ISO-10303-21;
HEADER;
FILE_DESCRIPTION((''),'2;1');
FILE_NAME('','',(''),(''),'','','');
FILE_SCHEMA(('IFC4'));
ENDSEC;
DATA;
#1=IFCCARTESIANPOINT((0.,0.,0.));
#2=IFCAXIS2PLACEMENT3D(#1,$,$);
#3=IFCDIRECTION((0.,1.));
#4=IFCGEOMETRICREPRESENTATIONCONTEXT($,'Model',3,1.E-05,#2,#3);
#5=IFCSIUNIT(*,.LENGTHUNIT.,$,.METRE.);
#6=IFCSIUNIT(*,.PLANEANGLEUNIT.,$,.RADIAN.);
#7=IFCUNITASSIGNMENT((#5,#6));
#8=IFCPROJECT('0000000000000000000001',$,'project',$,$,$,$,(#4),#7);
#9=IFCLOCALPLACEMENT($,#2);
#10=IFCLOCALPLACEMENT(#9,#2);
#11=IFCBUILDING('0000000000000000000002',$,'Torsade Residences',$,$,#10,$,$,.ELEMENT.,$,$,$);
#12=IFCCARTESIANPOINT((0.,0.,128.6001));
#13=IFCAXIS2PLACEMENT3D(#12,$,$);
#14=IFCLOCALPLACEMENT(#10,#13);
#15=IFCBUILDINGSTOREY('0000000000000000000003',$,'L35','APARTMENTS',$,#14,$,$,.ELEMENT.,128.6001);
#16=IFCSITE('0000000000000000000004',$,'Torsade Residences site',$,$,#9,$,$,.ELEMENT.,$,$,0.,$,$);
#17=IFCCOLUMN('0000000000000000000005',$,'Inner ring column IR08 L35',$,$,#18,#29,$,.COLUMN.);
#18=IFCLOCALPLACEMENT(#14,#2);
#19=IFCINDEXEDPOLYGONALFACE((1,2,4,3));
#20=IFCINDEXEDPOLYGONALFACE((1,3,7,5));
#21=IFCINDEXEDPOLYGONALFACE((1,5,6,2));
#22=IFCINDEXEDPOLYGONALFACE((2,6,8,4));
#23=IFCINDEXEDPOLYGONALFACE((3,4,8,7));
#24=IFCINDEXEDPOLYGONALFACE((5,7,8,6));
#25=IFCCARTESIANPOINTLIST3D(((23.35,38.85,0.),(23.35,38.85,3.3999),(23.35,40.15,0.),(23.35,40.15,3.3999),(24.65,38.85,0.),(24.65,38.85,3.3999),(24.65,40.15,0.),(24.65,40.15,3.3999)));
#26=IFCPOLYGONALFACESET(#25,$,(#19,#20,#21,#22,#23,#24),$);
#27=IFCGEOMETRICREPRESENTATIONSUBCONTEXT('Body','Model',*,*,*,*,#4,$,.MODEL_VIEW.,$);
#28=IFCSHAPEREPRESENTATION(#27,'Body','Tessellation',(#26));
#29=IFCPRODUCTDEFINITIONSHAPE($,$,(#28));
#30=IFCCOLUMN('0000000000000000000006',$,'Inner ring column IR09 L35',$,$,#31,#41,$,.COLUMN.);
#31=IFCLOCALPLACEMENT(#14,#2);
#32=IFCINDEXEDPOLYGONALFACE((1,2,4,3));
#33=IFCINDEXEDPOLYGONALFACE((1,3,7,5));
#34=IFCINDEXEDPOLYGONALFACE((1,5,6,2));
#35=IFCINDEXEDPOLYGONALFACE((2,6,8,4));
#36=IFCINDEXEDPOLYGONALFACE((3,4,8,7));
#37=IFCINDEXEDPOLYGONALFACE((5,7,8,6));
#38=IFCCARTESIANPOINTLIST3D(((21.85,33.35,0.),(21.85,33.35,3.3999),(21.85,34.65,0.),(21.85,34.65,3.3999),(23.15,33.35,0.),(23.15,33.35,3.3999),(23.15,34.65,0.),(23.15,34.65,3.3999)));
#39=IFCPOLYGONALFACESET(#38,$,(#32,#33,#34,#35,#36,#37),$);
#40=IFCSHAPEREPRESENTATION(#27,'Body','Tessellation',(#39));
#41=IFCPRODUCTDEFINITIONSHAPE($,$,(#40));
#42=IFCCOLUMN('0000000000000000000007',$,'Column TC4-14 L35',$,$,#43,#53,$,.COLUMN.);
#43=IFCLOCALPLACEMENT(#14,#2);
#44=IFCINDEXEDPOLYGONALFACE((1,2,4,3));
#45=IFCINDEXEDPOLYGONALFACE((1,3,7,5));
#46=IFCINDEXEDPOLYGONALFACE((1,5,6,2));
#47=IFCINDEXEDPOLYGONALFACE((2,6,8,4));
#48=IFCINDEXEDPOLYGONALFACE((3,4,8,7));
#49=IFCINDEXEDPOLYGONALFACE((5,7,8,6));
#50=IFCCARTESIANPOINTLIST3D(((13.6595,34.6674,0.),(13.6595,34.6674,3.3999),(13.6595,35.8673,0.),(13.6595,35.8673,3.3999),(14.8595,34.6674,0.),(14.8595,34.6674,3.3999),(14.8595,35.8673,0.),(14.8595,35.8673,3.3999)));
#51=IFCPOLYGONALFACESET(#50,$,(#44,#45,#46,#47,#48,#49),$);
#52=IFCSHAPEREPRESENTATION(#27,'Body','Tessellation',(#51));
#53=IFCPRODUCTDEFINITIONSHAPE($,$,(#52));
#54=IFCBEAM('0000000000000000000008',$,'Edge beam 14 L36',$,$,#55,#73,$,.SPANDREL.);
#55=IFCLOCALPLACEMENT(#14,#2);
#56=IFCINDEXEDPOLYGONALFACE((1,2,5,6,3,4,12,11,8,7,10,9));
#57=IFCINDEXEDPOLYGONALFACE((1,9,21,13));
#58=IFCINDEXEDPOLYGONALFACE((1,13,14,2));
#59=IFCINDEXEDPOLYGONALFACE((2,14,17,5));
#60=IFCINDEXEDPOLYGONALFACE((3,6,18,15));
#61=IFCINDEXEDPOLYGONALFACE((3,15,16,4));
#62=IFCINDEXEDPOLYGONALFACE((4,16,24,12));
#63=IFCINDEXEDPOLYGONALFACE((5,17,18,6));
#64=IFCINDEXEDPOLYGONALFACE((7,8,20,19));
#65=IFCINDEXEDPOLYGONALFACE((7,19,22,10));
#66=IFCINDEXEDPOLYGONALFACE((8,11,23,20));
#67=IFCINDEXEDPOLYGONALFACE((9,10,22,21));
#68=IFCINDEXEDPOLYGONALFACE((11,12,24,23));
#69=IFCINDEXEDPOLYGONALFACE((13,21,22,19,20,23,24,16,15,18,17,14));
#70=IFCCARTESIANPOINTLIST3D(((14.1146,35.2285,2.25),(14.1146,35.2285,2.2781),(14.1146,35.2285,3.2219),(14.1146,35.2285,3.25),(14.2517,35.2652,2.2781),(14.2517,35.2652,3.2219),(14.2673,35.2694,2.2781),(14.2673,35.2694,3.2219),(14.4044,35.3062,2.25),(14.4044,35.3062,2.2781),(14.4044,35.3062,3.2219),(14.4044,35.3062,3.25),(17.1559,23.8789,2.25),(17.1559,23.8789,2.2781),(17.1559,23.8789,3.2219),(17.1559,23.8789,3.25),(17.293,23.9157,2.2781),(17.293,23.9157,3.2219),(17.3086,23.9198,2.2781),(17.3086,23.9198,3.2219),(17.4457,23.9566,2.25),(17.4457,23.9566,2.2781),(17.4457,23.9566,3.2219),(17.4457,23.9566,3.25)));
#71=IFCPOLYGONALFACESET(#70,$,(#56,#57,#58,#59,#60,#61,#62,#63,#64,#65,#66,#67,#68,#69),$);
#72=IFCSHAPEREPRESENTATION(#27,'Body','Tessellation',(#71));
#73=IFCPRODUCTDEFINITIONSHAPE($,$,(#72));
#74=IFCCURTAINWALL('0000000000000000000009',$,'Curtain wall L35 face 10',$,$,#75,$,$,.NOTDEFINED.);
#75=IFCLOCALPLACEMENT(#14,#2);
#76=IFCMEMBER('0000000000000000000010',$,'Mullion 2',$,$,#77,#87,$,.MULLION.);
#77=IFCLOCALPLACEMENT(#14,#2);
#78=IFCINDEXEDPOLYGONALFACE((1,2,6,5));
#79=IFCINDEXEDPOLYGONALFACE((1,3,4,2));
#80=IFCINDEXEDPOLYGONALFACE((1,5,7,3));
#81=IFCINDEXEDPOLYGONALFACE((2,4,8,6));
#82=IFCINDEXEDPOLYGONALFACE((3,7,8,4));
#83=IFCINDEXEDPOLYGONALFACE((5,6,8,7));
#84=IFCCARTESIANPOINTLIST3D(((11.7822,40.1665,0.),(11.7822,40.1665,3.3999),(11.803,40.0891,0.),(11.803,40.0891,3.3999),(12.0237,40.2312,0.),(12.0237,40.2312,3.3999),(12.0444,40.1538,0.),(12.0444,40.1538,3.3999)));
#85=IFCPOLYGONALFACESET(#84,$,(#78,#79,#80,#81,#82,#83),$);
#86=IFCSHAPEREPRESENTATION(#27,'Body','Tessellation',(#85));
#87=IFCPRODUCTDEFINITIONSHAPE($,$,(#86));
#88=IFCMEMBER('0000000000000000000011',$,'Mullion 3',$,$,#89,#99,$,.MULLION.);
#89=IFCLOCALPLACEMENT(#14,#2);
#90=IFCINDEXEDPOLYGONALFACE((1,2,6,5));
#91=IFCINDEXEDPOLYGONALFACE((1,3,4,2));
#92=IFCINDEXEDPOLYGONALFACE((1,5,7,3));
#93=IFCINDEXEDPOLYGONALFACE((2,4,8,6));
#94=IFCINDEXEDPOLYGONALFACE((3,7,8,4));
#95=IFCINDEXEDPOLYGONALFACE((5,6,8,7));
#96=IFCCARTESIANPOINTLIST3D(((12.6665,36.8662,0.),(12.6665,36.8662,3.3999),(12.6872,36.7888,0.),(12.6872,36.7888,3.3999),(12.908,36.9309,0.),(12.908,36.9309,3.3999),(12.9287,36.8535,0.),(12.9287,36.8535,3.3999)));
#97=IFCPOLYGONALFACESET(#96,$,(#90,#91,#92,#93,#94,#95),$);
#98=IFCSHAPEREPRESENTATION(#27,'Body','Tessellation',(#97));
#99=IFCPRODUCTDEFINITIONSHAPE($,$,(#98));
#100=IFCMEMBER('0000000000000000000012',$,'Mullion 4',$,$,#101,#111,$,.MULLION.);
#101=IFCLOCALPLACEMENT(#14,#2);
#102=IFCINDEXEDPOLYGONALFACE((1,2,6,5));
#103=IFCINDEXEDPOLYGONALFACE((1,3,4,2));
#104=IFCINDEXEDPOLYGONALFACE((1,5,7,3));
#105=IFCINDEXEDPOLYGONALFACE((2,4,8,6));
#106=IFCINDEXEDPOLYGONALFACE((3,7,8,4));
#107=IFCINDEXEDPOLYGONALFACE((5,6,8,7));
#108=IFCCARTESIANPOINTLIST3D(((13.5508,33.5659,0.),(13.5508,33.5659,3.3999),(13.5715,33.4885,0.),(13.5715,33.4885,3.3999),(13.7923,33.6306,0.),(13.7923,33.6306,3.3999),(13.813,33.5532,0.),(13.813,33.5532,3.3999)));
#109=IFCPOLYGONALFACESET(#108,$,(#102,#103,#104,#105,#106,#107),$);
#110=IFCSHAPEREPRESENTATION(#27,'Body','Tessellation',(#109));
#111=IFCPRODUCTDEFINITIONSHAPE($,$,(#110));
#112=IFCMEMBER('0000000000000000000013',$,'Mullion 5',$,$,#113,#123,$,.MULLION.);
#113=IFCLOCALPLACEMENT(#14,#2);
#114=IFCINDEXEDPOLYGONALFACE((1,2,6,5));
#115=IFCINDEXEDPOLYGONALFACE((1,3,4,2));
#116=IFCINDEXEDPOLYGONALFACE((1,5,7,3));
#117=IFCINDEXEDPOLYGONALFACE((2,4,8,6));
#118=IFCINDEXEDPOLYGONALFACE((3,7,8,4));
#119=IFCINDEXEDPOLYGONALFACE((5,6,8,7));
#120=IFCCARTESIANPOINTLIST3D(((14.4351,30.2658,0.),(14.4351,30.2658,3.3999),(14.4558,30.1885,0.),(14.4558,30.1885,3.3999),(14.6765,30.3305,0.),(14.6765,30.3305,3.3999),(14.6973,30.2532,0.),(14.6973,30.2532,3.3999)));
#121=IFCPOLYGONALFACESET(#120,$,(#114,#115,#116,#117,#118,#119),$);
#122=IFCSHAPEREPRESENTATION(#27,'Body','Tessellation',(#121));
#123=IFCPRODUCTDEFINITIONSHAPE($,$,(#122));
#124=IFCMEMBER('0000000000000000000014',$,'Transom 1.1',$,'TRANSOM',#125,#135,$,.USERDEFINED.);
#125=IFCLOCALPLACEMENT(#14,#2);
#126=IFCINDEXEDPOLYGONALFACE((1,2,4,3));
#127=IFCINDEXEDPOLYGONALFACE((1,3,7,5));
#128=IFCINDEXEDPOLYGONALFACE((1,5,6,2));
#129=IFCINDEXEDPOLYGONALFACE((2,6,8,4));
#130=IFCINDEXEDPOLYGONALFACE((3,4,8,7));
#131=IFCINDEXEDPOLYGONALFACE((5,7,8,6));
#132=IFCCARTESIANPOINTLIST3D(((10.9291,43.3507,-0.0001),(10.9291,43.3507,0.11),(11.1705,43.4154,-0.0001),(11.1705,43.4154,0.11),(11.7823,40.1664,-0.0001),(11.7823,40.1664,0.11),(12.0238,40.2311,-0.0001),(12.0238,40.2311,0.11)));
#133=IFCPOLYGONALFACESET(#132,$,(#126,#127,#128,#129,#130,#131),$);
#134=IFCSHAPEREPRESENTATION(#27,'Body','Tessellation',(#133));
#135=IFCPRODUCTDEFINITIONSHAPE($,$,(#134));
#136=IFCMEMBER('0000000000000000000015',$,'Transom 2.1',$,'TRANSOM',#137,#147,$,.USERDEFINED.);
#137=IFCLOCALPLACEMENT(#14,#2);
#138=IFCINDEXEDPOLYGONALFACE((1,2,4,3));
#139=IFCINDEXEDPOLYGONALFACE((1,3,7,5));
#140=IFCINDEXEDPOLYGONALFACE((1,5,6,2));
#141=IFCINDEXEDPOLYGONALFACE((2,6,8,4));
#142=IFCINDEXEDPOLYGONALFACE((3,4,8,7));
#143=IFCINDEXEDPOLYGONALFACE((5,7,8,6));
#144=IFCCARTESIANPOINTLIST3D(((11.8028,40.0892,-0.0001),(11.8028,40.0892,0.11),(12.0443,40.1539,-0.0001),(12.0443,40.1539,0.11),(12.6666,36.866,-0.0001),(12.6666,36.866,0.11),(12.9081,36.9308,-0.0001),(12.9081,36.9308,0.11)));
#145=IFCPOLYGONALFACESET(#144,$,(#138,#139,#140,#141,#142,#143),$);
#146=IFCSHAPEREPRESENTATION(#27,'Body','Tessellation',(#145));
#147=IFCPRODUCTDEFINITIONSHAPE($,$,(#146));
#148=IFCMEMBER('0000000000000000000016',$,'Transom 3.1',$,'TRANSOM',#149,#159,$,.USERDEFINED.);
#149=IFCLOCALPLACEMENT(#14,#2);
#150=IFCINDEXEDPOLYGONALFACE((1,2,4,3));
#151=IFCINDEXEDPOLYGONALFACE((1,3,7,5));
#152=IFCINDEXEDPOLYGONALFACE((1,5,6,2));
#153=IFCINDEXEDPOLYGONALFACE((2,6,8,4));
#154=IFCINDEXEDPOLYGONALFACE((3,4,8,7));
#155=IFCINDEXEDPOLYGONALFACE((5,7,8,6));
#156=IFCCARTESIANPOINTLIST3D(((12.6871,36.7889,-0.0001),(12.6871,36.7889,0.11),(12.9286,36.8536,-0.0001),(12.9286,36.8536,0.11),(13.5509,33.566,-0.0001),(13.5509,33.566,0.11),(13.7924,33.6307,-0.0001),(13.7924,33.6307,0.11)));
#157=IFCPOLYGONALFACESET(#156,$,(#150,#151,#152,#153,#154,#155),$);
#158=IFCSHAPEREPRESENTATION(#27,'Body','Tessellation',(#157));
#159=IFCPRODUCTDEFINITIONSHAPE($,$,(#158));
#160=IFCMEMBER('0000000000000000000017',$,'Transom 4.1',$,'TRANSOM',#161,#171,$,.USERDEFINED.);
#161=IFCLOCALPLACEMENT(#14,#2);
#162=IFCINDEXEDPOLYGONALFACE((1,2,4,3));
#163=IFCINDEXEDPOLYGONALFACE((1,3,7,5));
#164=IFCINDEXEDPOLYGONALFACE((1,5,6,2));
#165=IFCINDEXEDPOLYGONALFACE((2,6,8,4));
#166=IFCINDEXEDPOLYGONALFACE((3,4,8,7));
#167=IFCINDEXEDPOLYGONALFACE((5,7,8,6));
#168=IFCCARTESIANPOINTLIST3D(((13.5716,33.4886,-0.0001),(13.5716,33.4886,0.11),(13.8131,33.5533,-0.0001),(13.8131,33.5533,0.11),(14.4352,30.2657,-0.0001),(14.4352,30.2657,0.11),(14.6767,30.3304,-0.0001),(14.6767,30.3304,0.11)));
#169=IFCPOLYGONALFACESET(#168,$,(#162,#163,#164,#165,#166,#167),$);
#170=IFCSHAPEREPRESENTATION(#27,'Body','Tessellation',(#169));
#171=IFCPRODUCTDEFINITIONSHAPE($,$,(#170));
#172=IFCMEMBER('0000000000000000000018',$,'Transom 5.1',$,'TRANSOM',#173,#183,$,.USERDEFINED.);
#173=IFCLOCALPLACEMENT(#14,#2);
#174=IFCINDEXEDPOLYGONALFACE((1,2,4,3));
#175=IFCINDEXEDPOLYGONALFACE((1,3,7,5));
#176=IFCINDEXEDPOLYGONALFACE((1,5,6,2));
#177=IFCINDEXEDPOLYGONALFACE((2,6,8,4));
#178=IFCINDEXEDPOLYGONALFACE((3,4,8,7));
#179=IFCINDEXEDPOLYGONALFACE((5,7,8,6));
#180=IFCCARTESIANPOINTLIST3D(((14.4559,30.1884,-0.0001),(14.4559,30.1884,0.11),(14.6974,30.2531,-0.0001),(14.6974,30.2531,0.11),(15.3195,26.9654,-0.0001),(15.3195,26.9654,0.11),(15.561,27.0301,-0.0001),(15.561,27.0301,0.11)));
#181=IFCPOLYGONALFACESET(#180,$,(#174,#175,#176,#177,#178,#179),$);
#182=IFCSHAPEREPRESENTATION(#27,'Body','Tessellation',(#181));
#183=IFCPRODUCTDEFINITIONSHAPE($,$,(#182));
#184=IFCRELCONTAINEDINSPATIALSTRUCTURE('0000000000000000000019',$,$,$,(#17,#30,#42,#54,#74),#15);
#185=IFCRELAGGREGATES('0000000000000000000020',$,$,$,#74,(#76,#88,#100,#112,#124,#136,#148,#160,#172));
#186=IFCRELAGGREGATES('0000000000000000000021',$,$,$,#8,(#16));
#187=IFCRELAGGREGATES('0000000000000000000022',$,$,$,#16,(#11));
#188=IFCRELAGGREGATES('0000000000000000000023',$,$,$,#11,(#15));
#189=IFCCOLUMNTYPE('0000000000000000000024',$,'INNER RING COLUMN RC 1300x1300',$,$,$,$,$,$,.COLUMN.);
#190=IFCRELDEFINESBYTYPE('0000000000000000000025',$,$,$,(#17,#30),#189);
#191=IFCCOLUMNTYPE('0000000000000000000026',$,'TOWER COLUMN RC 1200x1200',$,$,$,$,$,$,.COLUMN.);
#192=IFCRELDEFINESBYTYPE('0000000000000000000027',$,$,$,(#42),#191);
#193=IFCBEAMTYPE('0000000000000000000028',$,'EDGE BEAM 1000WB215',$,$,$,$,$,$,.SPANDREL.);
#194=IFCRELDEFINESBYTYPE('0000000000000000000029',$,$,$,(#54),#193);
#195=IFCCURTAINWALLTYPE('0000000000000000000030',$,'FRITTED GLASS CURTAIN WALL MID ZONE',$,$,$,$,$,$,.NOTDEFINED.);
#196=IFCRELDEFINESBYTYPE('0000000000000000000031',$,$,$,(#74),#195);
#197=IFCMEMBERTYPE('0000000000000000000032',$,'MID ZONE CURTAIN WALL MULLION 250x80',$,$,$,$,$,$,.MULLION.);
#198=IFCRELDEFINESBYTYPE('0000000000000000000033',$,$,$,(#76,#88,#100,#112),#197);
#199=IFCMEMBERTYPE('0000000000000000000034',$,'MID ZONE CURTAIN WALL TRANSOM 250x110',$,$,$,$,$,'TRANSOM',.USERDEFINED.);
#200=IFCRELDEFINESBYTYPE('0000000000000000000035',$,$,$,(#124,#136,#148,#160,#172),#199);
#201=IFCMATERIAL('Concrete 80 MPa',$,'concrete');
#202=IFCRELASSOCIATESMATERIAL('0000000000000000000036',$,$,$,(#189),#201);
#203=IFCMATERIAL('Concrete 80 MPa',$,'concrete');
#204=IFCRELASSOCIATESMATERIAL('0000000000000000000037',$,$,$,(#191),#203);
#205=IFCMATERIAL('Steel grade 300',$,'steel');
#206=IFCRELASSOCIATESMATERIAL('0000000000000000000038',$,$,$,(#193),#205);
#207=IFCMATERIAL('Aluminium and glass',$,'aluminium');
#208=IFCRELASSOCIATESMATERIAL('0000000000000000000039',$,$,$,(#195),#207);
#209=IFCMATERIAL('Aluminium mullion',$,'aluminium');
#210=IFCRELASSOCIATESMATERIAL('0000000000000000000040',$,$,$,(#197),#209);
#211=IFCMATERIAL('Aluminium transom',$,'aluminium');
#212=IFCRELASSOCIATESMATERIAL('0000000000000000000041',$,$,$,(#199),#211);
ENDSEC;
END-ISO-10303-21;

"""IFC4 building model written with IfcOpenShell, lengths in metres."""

from ifc_helpers import new_model, si_unit, direction, frame, origin, origin_2d, place, context, subcontext, project, spatial, rectangle, i_section, extrude, material, material_profile, profile_set, type_object, element, aggregate, save


model = new_model("IFC4")

# Units and contexts
model_context = context("Model", 3, precision=1e-05, world=origin(), true_north=direction((0.0, 1.0)))
body_context = subcontext(model_context, "Body", "Model", "MODEL_VIEW")
ifc_project = project(units=[si_unit("LENGTHUNIT", "METRE"), si_unit("PLANEANGLEUNIT", "RADIAN")], contexts=[model_context])

# Site, building, storey
site_placement = place(None, origin())
site = spatial("IfcSite", under=ifc_project, at=site_placement, Name="Torsade Residences site", CompositionType="ELEMENT", RefElevation=0.0)
building_placement = place(site_placement, origin())
building = spatial("IfcBuilding", under=site, at=building_placement, Name="Torsade Residences", CompositionType="ELEMENT")
storey_placement = place(building_placement, frame((0.0, 0.0, 128.6001)))
storey = spatial("IfcBuildingStorey", under=building, at=storey_placement, Name="L35", Description="APARTMENTS", CompositionType="ELEMENT", Elevation=128.6001)

# Columns
ifc_material_1 = material(Name="Concrete 80 MPa", Category="concrete")
ifc_material_profile_1 = material_profile(ifc_material_1, rectangle(XDim=1.3, YDim=1.3, at=origin_2d()), Name="RC 1300x1300")
ifc_profile_set_1 = profile_set([ifc_material_profile_1], Name="Concrete 80 MPa")
column_type_1 = type_object("IfcColumnType", Name="INNER RING COLUMN RC 1300x1300", PredefinedType="COLUMN", material=ifc_profile_set_1)
for number, where, z_axis, x_axis, name in (
    (1, (24.0, 39.5, 0.0), (0.0, 0.0, 1.0), (1.0, 0.0, 0.0), "Inner ring column IR08 L35"),
    (2, (22.5, 34.0, 0.0), (0.0, 0.0, 1.0), (1.0, 0.0, 0.0), "Inner ring column IR09 L35"),
):
    element("IfcColumn", number, at=place(storey_placement, frame(where, z_axis=z_axis, x_axis=x_axis)), inside=storey, type_object=column_type_1, Name=name, PredefinedType="COLUMN", context=body_context, shape_type="SweptSolid", body=[
        extrude(rectangle(XDim=1.3, YDim=1.3, at=origin_2d()), origin(), (0.0, 0.0, 1.0), 3.3999),
    ])
ifc_material_2 = material(Name="Concrete 80 MPa", Category="concrete")
ifc_material_profile_2 = material_profile(ifc_material_2, rectangle(XDim=1.2, YDim=1.2, at=origin_2d()), Name="RC 1200x1200")
ifc_profile_set_2 = profile_set([ifc_material_profile_2], Name="Concrete 80 MPa")
column_type_2 = type_object("IfcColumnType", Name="TOWER COLUMN RC 1200x1200", PredefinedType="COLUMN", material=ifc_profile_set_2)
column_placement = place(storey_placement, frame((14.2595, 35.2673, 0.0), z_axis=(0.0, 0.0, 1.0), x_axis=(1.0, 0.0, 0.0)))
element("IfcColumn", 3, at=column_placement, inside=storey, type_object=column_type_2, Name="Column TC4-14 L35", PredefinedType="COLUMN", context=body_context, shape_type="SweptSolid", body=[
    extrude(rectangle(XDim=1.2, YDim=1.2, at=origin_2d()), origin(), (0.0, 0.0, 1.0), 3.3999),
])

# Beam
ifc_material_3 = material(Name="Steel grade 300", Category="steel")
ifc_material_profile_3 = material_profile(ifc_material_3, i_section(OverallWidth=0.3, OverallDepth=1.0, WebThickness=0.0161, FlangeThickness=0.0281, at=origin_2d()), Name="1000WB215")
ifc_profile_set_3 = profile_set([ifc_material_profile_3], Name="Steel grade 300")
beam_type_1 = type_object("IfcBeamType", Name="EDGE BEAM 1000WB215", PredefinedType="SPANDREL", material=ifc_profile_set_3)
beam_1_placement = place(storey_placement, frame((14.2595, 35.2673, 2.75), z_axis=(0.25883, -0.965923, 0.0), x_axis=(0.965923, 0.25883, 0.0)))
element("IfcBeam", 4, at=beam_1_placement, inside=storey, type_object=beam_type_1, Name="Edge beam 14 L36", PredefinedType="SPANDREL", context=body_context, shape_type="SweptSolid", body=[
    extrude(i_section(OverallWidth=0.3, OverallDepth=1.0, WebThickness=0.0161, FlangeThickness=0.0281, at=origin_2d()), origin(), (0.0, 0.0, 1.0), 11.75),
])

# Curtain wall, members
ifc_material_4 = material(Name="Aluminium and glass", Category="aluminium")
curtain_wall_type = type_object("IfcCurtainWallType", Name="FRITTED GLASS CURTAIN WALL MID ZONE", PredefinedType="NOTDEFINED", material=ifc_material_4)
curtain_wall_placement = place(storey_placement, origin())
curtain_wall = element("IfcCurtainWall", 5, at=curtain_wall_placement, inside=storey, type_object=curtain_wall_type, Name="Curtain wall L35 face 10", PredefinedType="NOTDEFINED")
ifc_material_5 = material(Name="Aluminium mullion", Category="aluminium")
ifc_material_profile_4 = material_profile(ifc_material_5, rectangle(XDim=0.25, YDim=0.0801, at=origin_2d()), Name="MID ZONE CURTAIN WALL MULLION 250x80")
ifc_profile_set_4 = profile_set([ifc_material_profile_4], Name="Aluminium mullion")
member_type_1 = type_object("IfcMemberType", Name="MID ZONE CURTAIN WALL MULLION 250x80", PredefinedType="MULLION", material=ifc_profile_set_4)
member_1_placement = place(storey_placement, frame((11.9133, 40.1602, 0.0), z_axis=(0.0, 0.0, 1.0), x_axis=(0.965926, 0.258819, 0.0)))
member_1 = element("IfcMember", 6, at=member_1_placement, type_object=member_type_1, Name="Mullion 2", PredefinedType="MULLION", context=body_context, shape_type="SweptSolid", body=[
    extrude(rectangle(XDim=0.25, YDim=0.0801, at=origin_2d()), origin(), (0.0, 0.0, 1.0), 3.3999),
])
member_2_placement = place(storey_placement, frame((12.7976, 36.8599, 0.0), z_axis=(0.0, 0.0, 1.0), x_axis=(0.965926, 0.258819, 0.0)))
member_2 = element("IfcMember", 7, at=member_2_placement, type_object=member_type_1, Name="Mullion 3", PredefinedType="MULLION", context=body_context, shape_type="SweptSolid", body=[
    extrude(rectangle(XDim=0.25, YDim=0.0801, at=origin_2d()), origin(), (0.0, 0.0, 1.0), 3.3999),
])
member_3_placement = place(storey_placement, frame((13.6819, 33.5596, 0.0), z_axis=(0.0, 0.0, 1.0), x_axis=(0.965926, 0.258819, 0.0)))
member_3 = element("IfcMember", 8, at=member_3_placement, type_object=member_type_1, Name="Mullion 4", PredefinedType="MULLION", context=body_context, shape_type="SweptSolid", body=[
    extrude(rectangle(XDim=0.25, YDim=0.0801, at=origin_2d()), origin(), (0.0, 0.0, 1.0), 3.3999),
])
member_4_placement = place(storey_placement, frame((14.5662, 30.2595, 0.0), z_axis=(0.0, 0.0, 1.0), x_axis=(0.965926, 0.258819, 0.0)))
member_4 = element("IfcMember", 9, at=member_4_placement, type_object=member_type_1, Name="Mullion 5", PredefinedType="MULLION", context=body_context, shape_type="SweptSolid", body=[
    extrude(rectangle(XDim=0.25, YDim=0.0801, at=origin_2d()), origin(), (0.0, 0.0, 1.0), 3.3999),
])
ifc_material_6 = material(Name="Aluminium transom", Category="aluminium")
ifc_material_profile_5 = material_profile(ifc_material_6, rectangle(XDim=0.25, YDim=0.1101, at=origin_2d()), Name="MID ZONE CURTAIN WALL TRANSOM 250x110")
ifc_profile_set_5 = profile_set([ifc_material_profile_5], Name="Aluminium transom")
member_type_2 = type_object("IfcMemberType", Name="MID ZONE CURTAIN WALL TRANSOM 250x110", ElementType="TRANSOM", PredefinedType="USERDEFINED", material=ifc_profile_set_5)
member_5_placement = place(storey_placement, frame((11.0498, 43.3831, 0.0549), z_axis=(0.258829, -0.965923, 0.0), x_axis=(0.965923, 0.258829, 0.0)))
member_5 = element("IfcMember", 10, at=member_5_placement, type_object=member_type_2, Name="Transom 1.1", ObjectType="TRANSOM", PredefinedType="USERDEFINED", context=body_context, shape_type="SweptSolid", body=[
    extrude(rectangle(XDim=0.25, YDim=0.1101, at=origin_2d()), origin(), (0.0, 0.0, 1.0), 3.2966),
])
member_6_placement = place(storey_placement, frame((11.9236, 40.1216, 0.0549), z_axis=(0.258856, -0.965916, 0.0), x_axis=(0.965916, 0.258856, 0.0)))
member_6 = element("IfcMember", 11, at=member_6_placement, type_object=member_type_2, Name="Transom 2.1", ObjectType="TRANSOM", PredefinedType="USERDEFINED", context=body_context, shape_type="SweptSolid", body=[
    extrude(rectangle(XDim=0.25, YDim=0.1101, at=origin_2d()), origin(), (0.0, 0.0, 1.0), 3.3369),
])
member_7_placement = place(storey_placement, frame((12.8079, 36.8213, 0.0549), z_axis=(0.258874, -0.965911, 0.0), x_axis=(0.965911, 0.258874, 0.0)))
member_7 = element("IfcMember", 12, at=member_7_placement, type_object=member_type_2, Name="Transom 3.1", ObjectType="TRANSOM", PredefinedType="USERDEFINED", context=body_context, shape_type="SweptSolid", body=[
    extrude(rectangle(XDim=0.25, YDim=0.1101, at=origin_2d()), origin(), (0.0, 0.0, 1.0), 3.3367),
])
member_8_placement = place(storey_placement, frame((13.6924, 33.521, 0.0549), z_axis=(0.258806, -0.965929, 0.0), x_axis=(0.965929, 0.258806, 0.0)))
member_8 = element("IfcMember", 13, at=member_8_placement, type_object=member_type_2, Name="Transom 4.1", ObjectType="TRANSOM", PredefinedType="USERDEFINED", context=body_context, shape_type="SweptSolid", body=[
    extrude(rectangle(XDim=0.25, YDim=0.1101, at=origin_2d()), origin(), (0.0, 0.0, 1.0), 3.3367),
])
member_9_placement = place(storey_placement, frame((14.5767, 30.2207, 0.0549), z_axis=(0.258806, -0.965929, 0.0), x_axis=(0.965929, 0.258806, 0.0)))
member_9 = element("IfcMember", 14, at=member_9_placement, type_object=member_type_2, Name="Transom 5.1", ObjectType="TRANSOM", PredefinedType="USERDEFINED", context=body_context, shape_type="SweptSolid", body=[
    extrude(rectangle(XDim=0.25, YDim=0.1101, at=origin_2d()), origin(), (0.0, 0.0, 1.0), 3.3367),
])

aggregate(curtain_wall, [member_1, member_2, member_3, member_4, member_5, member_6, member_7, member_8, member_9])

save(model, "model.ifc")
